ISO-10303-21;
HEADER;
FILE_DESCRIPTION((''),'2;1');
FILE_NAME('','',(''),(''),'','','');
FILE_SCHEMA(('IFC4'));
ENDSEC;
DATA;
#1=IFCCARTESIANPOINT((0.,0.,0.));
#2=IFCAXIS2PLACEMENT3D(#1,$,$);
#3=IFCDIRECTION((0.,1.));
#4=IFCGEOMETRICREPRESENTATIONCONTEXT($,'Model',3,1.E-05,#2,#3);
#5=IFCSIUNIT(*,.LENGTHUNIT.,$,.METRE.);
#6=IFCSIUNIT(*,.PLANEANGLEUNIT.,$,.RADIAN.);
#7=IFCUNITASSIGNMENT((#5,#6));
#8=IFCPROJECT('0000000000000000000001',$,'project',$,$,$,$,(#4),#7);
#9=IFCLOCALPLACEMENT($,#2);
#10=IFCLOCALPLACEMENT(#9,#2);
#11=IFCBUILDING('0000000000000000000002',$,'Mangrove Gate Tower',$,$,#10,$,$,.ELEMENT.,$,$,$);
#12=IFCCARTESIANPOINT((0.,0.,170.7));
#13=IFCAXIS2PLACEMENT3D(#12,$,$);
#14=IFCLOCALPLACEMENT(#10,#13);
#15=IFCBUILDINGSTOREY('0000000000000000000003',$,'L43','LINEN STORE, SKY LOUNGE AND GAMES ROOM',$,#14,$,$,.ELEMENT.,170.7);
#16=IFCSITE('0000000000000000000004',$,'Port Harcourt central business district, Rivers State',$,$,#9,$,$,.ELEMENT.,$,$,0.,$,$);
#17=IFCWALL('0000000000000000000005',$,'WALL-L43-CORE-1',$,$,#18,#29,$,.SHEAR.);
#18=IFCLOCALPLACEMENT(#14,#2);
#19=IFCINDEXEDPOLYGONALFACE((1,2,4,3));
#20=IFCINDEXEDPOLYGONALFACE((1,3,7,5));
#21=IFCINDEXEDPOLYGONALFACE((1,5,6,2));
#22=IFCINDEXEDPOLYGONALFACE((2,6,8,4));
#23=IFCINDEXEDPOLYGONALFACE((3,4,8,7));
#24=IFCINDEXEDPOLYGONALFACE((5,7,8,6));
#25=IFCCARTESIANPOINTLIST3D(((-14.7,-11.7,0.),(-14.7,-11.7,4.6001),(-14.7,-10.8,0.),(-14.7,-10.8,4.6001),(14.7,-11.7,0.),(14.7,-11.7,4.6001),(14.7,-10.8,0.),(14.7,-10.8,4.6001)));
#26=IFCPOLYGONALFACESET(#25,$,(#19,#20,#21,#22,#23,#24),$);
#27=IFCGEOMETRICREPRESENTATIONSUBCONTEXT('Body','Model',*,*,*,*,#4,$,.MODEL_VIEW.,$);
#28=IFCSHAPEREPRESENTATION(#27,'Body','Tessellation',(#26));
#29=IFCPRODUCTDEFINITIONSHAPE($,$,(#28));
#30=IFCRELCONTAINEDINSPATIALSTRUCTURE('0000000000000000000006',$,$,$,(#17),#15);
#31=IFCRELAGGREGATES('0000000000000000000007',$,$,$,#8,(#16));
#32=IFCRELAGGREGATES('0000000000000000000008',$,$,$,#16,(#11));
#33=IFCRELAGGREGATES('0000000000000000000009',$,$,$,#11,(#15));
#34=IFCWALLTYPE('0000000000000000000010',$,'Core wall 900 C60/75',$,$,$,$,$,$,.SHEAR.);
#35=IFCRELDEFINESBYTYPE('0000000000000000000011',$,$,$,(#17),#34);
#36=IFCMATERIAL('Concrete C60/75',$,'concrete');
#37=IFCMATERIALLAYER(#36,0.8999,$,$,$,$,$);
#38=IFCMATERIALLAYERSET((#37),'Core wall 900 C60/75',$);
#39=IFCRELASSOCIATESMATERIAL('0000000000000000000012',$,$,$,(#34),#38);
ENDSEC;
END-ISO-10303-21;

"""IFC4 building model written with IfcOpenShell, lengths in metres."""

from ifc_helpers import new_model, si_unit, direction, frame, frame_2d, origin, place, context, subcontext, project, spatial, rectangle, extrude, material, layer, layer_set, type_object, element, save


model = new_model("IFC4")

# Units and contexts
model_context = context("Model", 3, precision=1e-05, world=origin(), true_north=direction((0.0, 1.0)))
body_context = subcontext(model_context, "Body", "Model", "MODEL_VIEW")
ifc_project = project(units=[si_unit("LENGTHUNIT", "METRE"), si_unit("PLANEANGLEUNIT", "RADIAN")], contexts=[model_context])

# Site, building, storey
site_placement = place(None, origin())
site = spatial("IfcSite", under=ifc_project, at=site_placement, Name="Port Harcourt central business district, Rivers State", CompositionType="ELEMENT", RefElevation=0.0)
building_placement = place(site_placement, origin())
building = spatial("IfcBuilding", under=site, at=building_placement, Name="Mangrove Gate Tower", CompositionType="ELEMENT")
storey_placement = place(building_placement, frame((0.0, 0.0, 170.7)))
storey = spatial("IfcBuildingStorey", under=building, at=storey_placement, Name="L43", Description="LINEN STORE, SKY LOUNGE AND GAMES ROOM", CompositionType="ELEMENT", Elevation=170.7)

# Wall
ifc_material_1 = material(Name="Concrete C60/75", Category="concrete")
ifc_layer_1 = layer(ifc_material_1, 0.8999)
ifc_layer_set_1 = layer_set([ifc_layer_1], Name="Core wall 900 C60/75")
wall_type_1 = type_object("IfcWallType", Name="Core wall 900 C60/75", PredefinedType="SHEAR", material=ifc_layer_set_1)
wall_1_placement = place(storey_placement, frame((-14.7, -11.25, 0.0), z_axis=(0.0, 0.0, 1.0), x_axis=(1.0, 0.0, 0.0)))
element("IfcWall", 1, at=wall_1_placement, inside=storey, type_object=wall_type_1, Name="WALL-L43-CORE-1", PredefinedType="SHEAR", context=body_context, shape_type="SweptSolid", body=[
    extrude(rectangle(XDim=29.3999, YDim=0.8999, at=frame_2d((14.7, 0.0))), origin(), (0.0, 0.0, 1.0), 4.6001),
])

save(model, "model.ifc")
